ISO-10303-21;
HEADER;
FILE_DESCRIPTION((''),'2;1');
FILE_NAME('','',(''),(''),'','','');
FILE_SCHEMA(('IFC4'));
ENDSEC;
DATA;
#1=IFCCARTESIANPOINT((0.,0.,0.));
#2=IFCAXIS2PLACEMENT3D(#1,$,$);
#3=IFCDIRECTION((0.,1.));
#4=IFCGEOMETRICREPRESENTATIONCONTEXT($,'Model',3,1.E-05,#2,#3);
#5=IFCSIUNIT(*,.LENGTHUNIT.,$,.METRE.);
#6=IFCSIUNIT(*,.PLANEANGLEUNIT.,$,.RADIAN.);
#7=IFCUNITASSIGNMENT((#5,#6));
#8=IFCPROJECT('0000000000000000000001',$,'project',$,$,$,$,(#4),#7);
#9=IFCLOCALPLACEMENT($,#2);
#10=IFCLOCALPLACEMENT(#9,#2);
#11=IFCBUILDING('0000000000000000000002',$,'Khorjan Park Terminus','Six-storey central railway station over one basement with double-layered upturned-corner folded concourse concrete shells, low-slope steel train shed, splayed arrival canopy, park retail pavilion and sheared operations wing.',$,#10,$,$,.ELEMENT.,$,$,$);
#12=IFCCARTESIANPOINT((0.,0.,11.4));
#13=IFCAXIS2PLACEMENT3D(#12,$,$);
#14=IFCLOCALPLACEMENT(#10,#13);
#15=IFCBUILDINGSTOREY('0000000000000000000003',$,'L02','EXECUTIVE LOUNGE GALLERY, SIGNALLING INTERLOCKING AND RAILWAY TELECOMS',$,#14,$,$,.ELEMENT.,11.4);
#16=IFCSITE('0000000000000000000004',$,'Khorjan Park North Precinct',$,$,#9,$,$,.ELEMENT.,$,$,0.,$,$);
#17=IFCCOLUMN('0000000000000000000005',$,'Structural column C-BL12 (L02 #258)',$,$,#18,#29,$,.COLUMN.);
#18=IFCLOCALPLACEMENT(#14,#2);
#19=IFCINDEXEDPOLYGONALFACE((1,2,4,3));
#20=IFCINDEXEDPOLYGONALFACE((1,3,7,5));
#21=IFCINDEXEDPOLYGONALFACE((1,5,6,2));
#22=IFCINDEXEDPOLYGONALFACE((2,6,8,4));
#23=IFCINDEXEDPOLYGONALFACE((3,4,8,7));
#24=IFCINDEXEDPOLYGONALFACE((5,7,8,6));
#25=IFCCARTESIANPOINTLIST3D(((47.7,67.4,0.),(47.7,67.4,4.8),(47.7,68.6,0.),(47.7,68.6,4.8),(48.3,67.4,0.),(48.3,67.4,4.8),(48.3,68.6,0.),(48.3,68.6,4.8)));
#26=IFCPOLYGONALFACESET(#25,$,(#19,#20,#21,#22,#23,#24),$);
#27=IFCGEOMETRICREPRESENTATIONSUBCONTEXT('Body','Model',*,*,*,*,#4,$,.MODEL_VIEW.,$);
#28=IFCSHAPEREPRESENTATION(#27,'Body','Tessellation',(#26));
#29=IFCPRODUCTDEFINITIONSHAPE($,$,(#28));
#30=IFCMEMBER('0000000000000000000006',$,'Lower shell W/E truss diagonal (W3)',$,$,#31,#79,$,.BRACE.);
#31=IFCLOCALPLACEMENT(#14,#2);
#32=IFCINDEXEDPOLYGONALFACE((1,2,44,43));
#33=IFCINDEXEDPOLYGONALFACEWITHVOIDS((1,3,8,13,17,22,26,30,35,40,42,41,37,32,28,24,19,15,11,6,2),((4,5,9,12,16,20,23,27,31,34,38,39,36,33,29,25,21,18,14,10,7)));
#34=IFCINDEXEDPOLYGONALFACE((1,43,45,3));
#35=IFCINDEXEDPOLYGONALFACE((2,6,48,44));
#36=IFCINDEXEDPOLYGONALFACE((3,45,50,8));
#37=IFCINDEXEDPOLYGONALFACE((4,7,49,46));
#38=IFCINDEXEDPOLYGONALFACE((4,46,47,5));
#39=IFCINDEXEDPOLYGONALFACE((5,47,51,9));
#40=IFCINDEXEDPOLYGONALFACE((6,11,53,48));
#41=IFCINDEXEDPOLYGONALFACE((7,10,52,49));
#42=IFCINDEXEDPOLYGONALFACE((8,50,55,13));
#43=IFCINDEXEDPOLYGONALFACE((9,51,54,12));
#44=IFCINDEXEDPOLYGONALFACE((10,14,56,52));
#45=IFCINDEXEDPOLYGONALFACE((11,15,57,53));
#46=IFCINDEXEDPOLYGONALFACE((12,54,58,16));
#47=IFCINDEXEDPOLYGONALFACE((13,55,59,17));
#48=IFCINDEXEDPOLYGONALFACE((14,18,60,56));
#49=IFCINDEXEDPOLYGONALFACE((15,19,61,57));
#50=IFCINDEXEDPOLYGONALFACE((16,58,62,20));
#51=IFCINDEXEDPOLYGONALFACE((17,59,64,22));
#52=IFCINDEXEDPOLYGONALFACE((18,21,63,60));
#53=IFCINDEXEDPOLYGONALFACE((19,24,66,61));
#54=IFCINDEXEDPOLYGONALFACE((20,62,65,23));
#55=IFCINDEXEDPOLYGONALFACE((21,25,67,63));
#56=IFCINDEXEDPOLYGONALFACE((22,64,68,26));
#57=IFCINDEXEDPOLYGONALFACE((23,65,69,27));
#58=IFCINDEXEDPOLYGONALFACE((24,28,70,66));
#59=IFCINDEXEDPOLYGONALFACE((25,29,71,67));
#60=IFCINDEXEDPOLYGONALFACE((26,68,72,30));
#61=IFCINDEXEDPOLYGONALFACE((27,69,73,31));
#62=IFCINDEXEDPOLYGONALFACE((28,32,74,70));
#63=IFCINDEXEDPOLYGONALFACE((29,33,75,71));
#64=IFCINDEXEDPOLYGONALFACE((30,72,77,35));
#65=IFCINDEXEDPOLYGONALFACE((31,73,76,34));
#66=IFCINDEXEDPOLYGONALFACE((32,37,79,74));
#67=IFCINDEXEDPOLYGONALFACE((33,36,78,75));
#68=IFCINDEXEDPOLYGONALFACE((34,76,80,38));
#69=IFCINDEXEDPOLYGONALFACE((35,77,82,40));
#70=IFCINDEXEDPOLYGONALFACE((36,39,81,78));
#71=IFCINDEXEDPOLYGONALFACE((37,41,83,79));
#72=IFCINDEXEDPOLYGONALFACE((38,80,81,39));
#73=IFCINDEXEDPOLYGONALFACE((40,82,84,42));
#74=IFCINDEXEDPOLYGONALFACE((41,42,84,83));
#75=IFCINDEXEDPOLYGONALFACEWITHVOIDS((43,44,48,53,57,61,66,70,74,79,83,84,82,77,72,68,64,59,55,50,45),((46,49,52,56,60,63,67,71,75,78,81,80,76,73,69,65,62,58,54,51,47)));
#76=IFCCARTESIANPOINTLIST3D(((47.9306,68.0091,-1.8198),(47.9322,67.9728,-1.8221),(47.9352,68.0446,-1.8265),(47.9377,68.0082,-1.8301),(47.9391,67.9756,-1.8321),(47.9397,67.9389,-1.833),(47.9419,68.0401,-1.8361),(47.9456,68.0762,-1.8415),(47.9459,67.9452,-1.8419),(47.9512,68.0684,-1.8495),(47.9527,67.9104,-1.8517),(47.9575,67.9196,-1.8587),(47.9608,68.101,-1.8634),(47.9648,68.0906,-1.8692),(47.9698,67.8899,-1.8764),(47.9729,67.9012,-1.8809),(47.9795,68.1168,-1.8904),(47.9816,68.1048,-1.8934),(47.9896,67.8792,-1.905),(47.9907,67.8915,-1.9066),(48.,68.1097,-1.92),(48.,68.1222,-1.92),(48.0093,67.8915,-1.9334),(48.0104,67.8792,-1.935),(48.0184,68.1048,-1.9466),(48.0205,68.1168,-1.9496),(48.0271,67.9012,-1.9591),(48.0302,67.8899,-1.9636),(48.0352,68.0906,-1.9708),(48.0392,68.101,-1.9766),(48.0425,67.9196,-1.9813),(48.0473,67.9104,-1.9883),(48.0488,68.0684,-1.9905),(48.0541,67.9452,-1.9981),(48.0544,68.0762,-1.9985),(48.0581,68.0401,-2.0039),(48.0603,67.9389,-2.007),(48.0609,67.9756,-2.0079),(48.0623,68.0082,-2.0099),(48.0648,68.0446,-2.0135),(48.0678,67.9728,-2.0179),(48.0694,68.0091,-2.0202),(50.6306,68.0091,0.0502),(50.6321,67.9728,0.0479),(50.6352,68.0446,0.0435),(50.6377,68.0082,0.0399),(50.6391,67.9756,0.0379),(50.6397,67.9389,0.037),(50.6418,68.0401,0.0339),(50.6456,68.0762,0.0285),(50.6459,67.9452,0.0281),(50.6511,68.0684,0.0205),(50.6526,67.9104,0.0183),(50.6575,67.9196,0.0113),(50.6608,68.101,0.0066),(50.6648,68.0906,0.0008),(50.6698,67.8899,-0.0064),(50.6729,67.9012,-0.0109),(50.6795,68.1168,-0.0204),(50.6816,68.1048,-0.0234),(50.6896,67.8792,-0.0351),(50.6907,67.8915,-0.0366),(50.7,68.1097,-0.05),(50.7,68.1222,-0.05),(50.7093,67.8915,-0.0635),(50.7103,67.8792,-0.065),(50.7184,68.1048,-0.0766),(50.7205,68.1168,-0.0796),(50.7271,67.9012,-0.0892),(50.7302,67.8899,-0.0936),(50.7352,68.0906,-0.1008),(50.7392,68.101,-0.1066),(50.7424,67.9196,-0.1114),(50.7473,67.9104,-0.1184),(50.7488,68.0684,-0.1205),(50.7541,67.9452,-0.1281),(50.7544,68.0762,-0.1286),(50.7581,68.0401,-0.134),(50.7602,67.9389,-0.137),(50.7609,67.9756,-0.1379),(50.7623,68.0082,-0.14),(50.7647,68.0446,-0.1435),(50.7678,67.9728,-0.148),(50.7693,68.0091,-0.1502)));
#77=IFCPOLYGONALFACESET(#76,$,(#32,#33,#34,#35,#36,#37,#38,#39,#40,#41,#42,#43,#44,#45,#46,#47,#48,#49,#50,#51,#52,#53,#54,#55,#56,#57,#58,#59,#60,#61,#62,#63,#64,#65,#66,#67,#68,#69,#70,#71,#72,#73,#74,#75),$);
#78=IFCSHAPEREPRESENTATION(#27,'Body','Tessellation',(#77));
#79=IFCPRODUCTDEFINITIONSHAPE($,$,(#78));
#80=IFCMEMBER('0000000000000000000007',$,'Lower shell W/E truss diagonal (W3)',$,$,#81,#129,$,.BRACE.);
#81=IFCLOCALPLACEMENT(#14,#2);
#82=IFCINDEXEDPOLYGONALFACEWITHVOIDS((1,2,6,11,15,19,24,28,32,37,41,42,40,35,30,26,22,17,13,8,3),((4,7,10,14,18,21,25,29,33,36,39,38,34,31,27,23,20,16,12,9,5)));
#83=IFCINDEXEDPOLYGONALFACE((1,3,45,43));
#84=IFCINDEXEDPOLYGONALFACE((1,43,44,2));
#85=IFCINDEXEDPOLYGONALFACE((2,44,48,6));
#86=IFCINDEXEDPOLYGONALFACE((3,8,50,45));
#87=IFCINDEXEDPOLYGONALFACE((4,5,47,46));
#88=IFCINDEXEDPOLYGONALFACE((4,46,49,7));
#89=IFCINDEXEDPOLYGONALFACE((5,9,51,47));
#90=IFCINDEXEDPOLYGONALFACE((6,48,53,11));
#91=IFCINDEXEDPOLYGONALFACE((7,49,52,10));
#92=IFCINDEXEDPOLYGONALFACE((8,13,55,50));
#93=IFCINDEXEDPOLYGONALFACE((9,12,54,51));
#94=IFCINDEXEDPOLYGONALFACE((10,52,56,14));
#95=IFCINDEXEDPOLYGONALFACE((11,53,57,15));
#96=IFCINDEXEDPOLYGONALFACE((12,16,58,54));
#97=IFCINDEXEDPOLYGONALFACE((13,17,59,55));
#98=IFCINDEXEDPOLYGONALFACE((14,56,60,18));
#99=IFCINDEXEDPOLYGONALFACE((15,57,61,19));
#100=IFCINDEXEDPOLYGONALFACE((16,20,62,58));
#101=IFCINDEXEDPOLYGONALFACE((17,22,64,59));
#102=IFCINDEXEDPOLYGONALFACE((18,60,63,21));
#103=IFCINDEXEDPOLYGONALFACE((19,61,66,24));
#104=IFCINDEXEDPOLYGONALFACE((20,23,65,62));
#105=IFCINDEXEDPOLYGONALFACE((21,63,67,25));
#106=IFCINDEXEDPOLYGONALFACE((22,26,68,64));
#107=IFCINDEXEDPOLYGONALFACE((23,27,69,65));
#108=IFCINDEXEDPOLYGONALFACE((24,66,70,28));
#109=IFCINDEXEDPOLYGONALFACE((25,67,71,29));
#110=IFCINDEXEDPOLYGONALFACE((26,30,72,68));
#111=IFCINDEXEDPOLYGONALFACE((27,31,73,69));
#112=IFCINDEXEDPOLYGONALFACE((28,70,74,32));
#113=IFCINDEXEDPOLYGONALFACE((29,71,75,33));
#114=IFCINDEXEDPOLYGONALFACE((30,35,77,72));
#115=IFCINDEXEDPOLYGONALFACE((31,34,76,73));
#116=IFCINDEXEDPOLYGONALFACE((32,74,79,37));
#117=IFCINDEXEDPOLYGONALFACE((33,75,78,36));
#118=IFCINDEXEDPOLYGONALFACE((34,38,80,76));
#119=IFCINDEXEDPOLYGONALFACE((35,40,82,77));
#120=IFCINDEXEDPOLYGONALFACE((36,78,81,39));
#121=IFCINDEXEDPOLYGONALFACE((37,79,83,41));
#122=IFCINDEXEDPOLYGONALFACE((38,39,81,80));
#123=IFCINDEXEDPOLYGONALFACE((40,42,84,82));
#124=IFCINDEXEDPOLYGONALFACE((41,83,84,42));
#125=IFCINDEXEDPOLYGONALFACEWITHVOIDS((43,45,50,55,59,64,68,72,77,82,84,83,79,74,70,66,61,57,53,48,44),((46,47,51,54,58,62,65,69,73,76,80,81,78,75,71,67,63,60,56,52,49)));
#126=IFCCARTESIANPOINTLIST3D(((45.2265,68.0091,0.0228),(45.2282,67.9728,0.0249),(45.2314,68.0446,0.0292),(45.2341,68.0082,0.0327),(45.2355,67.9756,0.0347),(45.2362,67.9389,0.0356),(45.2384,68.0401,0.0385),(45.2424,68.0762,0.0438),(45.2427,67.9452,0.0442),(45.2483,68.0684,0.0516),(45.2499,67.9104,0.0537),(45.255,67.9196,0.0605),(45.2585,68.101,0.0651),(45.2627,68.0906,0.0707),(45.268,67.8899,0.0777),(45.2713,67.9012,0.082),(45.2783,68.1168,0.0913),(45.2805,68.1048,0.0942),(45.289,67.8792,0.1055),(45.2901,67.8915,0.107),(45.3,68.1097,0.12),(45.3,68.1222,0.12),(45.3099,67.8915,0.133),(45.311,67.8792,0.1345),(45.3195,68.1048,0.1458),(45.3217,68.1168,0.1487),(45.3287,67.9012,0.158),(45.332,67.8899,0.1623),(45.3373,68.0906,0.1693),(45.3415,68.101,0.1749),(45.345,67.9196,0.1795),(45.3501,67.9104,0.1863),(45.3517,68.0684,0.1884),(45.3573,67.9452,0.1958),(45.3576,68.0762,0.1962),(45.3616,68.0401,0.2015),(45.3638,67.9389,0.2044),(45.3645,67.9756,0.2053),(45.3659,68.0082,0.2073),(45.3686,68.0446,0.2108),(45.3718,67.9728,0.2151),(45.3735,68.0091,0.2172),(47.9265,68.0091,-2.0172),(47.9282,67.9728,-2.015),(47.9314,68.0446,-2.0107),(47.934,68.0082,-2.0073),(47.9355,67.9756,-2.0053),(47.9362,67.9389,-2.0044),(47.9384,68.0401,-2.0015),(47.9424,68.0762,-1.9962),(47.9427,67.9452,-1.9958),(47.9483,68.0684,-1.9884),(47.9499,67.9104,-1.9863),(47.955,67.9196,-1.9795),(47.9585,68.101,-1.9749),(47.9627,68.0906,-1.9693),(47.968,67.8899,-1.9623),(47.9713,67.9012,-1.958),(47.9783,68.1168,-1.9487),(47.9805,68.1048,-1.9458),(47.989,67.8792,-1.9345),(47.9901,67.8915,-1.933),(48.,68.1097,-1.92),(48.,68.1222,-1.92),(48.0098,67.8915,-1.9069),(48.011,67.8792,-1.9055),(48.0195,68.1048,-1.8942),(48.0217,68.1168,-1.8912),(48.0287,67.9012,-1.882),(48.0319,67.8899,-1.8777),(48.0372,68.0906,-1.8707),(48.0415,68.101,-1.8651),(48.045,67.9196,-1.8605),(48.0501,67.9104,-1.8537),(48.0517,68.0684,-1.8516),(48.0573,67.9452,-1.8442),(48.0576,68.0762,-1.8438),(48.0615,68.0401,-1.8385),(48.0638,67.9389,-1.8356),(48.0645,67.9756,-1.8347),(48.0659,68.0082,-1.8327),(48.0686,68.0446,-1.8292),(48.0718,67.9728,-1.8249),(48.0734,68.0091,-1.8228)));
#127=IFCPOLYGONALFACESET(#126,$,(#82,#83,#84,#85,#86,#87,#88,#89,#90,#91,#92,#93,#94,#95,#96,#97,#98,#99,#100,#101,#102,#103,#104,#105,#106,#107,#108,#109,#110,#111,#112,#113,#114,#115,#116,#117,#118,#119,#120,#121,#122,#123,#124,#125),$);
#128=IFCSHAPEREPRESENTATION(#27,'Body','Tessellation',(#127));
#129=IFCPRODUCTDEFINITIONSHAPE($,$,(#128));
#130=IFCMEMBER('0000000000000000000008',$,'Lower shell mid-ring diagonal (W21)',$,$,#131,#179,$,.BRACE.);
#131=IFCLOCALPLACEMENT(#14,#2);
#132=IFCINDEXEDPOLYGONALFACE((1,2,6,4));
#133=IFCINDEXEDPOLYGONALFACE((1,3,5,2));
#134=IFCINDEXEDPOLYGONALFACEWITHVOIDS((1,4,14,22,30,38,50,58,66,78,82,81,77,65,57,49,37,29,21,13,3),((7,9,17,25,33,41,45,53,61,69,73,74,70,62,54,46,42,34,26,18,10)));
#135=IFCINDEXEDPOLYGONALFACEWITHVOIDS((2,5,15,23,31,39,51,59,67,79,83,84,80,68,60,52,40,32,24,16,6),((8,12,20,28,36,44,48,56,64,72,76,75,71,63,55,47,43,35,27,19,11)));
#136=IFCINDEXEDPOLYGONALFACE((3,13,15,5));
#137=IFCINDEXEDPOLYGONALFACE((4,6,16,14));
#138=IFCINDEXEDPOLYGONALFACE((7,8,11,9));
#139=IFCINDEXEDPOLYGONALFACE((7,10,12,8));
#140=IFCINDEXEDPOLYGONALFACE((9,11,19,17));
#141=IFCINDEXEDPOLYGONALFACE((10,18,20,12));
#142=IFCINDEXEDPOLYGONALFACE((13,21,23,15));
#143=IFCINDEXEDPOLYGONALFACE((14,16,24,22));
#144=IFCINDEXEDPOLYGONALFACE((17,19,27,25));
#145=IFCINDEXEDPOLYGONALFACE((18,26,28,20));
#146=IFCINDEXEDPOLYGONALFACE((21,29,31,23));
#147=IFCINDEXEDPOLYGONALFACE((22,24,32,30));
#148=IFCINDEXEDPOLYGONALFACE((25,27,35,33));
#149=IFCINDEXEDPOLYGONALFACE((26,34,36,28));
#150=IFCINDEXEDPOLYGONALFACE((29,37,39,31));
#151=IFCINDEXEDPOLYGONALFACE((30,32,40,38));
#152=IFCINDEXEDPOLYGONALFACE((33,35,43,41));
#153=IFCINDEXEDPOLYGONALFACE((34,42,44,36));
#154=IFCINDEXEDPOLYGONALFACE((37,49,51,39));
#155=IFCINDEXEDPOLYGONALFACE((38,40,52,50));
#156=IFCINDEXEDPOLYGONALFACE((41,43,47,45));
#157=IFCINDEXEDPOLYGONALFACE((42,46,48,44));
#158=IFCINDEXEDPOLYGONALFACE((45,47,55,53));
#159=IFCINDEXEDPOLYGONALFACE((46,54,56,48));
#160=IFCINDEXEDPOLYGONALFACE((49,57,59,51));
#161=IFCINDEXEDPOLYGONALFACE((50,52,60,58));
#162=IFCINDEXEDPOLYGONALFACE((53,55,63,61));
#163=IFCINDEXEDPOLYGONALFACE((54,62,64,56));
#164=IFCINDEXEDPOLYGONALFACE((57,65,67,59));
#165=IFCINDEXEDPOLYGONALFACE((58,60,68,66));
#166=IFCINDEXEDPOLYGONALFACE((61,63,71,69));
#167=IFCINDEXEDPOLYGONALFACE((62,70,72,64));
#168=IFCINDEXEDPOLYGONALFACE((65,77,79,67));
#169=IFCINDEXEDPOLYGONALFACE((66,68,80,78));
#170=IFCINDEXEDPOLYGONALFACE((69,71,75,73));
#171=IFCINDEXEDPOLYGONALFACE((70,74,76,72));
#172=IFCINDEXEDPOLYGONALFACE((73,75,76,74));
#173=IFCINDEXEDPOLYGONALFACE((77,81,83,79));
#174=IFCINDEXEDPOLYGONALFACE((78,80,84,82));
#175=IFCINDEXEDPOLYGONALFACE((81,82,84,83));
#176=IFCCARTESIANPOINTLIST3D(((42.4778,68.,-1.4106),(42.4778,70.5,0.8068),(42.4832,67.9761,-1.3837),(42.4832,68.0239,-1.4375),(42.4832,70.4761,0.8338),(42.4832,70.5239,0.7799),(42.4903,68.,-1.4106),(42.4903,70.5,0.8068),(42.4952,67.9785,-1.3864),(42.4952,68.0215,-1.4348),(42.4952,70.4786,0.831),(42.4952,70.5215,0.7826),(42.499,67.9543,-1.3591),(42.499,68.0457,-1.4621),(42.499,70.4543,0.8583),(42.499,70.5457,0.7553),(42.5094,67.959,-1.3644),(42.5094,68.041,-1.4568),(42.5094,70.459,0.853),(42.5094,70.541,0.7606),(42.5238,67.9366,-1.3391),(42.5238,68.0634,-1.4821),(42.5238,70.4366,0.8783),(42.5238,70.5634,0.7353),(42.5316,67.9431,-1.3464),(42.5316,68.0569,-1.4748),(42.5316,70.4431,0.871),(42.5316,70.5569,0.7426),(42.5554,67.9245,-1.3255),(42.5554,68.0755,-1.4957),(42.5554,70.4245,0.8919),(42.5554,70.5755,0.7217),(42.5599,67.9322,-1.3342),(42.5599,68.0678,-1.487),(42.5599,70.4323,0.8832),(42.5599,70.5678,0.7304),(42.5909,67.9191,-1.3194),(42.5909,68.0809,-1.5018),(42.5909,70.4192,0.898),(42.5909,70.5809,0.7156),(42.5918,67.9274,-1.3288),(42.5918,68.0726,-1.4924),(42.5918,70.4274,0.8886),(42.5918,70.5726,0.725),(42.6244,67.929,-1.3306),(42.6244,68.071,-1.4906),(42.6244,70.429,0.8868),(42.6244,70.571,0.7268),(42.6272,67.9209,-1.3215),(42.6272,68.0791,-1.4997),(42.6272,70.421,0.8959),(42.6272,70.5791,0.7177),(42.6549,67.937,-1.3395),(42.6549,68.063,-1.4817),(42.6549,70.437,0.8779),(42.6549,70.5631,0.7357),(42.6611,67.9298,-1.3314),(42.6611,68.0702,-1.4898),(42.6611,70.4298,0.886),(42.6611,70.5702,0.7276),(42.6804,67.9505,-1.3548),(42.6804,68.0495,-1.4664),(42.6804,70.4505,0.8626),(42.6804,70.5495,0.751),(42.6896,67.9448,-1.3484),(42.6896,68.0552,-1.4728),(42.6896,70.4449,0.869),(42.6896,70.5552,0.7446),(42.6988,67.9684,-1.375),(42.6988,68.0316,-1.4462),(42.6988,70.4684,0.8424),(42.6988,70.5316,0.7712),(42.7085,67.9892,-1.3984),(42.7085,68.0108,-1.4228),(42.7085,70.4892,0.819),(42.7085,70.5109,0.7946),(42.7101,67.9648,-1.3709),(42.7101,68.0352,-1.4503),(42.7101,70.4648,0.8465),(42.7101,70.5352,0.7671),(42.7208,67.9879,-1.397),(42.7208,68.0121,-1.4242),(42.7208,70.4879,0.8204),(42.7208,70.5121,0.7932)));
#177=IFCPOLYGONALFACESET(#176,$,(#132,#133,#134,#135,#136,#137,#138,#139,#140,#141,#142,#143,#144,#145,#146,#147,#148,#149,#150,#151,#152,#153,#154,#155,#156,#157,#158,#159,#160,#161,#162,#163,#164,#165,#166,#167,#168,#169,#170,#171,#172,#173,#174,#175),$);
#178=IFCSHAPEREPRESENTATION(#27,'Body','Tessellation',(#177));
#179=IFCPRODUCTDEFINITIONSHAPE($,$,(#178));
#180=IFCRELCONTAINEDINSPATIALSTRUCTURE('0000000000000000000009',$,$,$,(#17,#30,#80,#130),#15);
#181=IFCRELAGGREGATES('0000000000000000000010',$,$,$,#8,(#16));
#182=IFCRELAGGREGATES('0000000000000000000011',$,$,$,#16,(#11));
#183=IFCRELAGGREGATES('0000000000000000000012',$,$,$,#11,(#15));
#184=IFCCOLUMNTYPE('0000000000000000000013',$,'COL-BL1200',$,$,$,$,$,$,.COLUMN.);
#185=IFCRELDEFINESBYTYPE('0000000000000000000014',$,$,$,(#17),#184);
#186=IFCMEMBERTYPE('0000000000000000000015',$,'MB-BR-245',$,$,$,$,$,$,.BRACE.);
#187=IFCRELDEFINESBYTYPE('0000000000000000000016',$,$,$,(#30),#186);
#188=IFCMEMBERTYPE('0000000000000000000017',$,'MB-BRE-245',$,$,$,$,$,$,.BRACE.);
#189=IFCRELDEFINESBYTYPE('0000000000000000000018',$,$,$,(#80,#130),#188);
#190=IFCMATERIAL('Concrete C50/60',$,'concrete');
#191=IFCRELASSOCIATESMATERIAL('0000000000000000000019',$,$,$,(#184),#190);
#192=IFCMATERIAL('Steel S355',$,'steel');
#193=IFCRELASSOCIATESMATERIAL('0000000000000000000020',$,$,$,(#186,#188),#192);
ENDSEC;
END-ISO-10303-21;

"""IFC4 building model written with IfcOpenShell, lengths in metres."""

from ifc_helpers import new_model, si_unit, direction, frame, origin, origin_2d, place, context, subcontext, project, spatial, rectangle, hollow_circle, extrude, material, material_profile, profile_set, type_object, element, save


model = new_model("IFC4")

# Units and contexts
model_context = context("Model", 3, precision=1e-05, world=origin(), true_north=direction((0.0, 1.0)))
body_context = subcontext(model_context, "Body", "Model", "MODEL_VIEW")
ifc_project = project(units=[si_unit("LENGTHUNIT", "METRE"), si_unit("PLANEANGLEUNIT", "RADIAN")], contexts=[model_context])

# Site, building, storey
site_placement = place(None, origin())
site = spatial("IfcSite", under=ifc_project, at=site_placement, Name="Khorjan Park North Precinct", CompositionType="ELEMENT", RefElevation=0.0)
building_placement = place(site_placement, origin())
building = spatial("IfcBuilding", under=site, at=building_placement, Name="Khorjan Park Terminus", Description="Six-storey central railway station over one basement with double-layered upturned-corner folded concourse concrete shells, low-slope steel train shed, splayed arrival canopy, park retail pavilion and sheared operations wing.", CompositionType="ELEMENT")
storey_placement = place(building_placement, frame((0.0, 0.0, 11.4)))
storey = spatial("IfcBuildingStorey", under=building, at=storey_placement, Name="L02", Description="EXECUTIVE LOUNGE GALLERY, SIGNALLING INTERLOCKING AND RAILWAY TELECOMS", CompositionType="ELEMENT", Elevation=11.4)

# Column
ifc_material_1 = material(Name="Concrete C50/60", Category="concrete")
ifc_material_profile_1 = material_profile(ifc_material_1, rectangle(XDim=0.6, YDim=1.2, at=origin_2d()), Name="RC 600x1200")
ifc_profile_set_1 = profile_set([ifc_material_profile_1], Name="Concrete C50/60")
column_type = type_object("IfcColumnType", Name="COL-BL1200", PredefinedType="COLUMN", material=ifc_profile_set_1)
column_placement = place(storey_placement, frame((48.0, 68.0, 0.0), z_axis=(0.0, 0.0, 1.0), x_axis=(1.0, 0.0, 0.0)))
element("IfcColumn", 1, at=column_placement, inside=storey, type_object=column_type, Name="Structural column C-BL12 (L02 #258)", PredefinedType="COLUMN", context=body_context, shape_type="SweptSolid", body=[
    extrude(rectangle(XDim=0.6, YDim=1.2, at=origin_2d()), origin(), (0.0, 0.0, 1.0), 4.8),
])

# Members
ifc_material_2 = material(Name="Steel S355", Category="steel")
ifc_material_profile_2 = material_profile(ifc_material_2, hollow_circle(Radius=0.1222, WallThickness=0.0125, at=origin_2d()), Name="CHS 244.5x12.5")
ifc_profile_set_2 = profile_set([ifc_material_profile_2], Name="Steel S355")
member_type_1 = type_object("IfcMemberType", Name="MB-BR-245", PredefinedType="BRACE", material=ifc_profile_set_2)
member_1_placement = place(storey_placement, frame((48.0, 68.0, -1.92), z_axis=(0.822083, 0.0, 0.569368), x_axis=(0.0, 1.0, 0.0)))
element("IfcMember", 2, at=member_1_placement, inside=storey, type_object=member_type_1, Name="Lower shell W/E truss diagonal (W3)", PredefinedType="BRACE", context=body_context, shape_type="SweptSolid", body=[
    extrude(hollow_circle(Radius=0.1222, WallThickness=0.0125, at=origin_2d()), origin(), (0.0, 0.0, 1.0), 3.2843),
])
ifc_material_profile_3 = material_profile(ifc_material_2, hollow_circle(Radius=0.1222, WallThickness=0.0125, at=origin_2d()), Name="CHS 244.5x12.5")
ifc_profile_set_3 = profile_set([ifc_material_profile_3], Name="Steel S355")
member_type_2 = type_object("IfcMemberType", Name="MB-BRE-245", PredefinedType="BRACE", material=ifc_profile_set_3)
member_2_placement = place(storey_placement, frame((45.3, 68.0, 0.12), z_axis=(0.797867, 0.0, -0.602833), x_axis=(0.0, 1.0, 0.0)))
element("IfcMember", 3, at=member_2_placement, inside=storey, type_object=member_type_2, Name="Lower shell W/E truss diagonal (W3)", PredefinedType="BRACE", context=body_context, shape_type="SweptSolid", body=[
    extrude(hollow_circle(Radius=0.1222, WallThickness=0.0125, at=origin_2d()), origin(), (0.0, 0.0, 1.0), 3.384),
])
member_3_placement = place(storey_placement, frame((42.6, 68.0, -1.4106), z_axis=(0.0, 0.748125, 0.663557), x_axis=(-1.0, 0.0, 0.0)))
element("IfcMember", 4, at=member_3_placement, inside=storey, type_object=member_type_2, Name="Lower shell mid-ring diagonal (W21)", PredefinedType="BRACE", context=body_context, shape_type="SweptSolid", body=[
    extrude(hollow_circle(Radius=0.1222, WallThickness=0.0125, at=origin_2d()), origin(), (0.0, 0.0, 1.0), 3.3417),
])

save(model, "model.ifc")
